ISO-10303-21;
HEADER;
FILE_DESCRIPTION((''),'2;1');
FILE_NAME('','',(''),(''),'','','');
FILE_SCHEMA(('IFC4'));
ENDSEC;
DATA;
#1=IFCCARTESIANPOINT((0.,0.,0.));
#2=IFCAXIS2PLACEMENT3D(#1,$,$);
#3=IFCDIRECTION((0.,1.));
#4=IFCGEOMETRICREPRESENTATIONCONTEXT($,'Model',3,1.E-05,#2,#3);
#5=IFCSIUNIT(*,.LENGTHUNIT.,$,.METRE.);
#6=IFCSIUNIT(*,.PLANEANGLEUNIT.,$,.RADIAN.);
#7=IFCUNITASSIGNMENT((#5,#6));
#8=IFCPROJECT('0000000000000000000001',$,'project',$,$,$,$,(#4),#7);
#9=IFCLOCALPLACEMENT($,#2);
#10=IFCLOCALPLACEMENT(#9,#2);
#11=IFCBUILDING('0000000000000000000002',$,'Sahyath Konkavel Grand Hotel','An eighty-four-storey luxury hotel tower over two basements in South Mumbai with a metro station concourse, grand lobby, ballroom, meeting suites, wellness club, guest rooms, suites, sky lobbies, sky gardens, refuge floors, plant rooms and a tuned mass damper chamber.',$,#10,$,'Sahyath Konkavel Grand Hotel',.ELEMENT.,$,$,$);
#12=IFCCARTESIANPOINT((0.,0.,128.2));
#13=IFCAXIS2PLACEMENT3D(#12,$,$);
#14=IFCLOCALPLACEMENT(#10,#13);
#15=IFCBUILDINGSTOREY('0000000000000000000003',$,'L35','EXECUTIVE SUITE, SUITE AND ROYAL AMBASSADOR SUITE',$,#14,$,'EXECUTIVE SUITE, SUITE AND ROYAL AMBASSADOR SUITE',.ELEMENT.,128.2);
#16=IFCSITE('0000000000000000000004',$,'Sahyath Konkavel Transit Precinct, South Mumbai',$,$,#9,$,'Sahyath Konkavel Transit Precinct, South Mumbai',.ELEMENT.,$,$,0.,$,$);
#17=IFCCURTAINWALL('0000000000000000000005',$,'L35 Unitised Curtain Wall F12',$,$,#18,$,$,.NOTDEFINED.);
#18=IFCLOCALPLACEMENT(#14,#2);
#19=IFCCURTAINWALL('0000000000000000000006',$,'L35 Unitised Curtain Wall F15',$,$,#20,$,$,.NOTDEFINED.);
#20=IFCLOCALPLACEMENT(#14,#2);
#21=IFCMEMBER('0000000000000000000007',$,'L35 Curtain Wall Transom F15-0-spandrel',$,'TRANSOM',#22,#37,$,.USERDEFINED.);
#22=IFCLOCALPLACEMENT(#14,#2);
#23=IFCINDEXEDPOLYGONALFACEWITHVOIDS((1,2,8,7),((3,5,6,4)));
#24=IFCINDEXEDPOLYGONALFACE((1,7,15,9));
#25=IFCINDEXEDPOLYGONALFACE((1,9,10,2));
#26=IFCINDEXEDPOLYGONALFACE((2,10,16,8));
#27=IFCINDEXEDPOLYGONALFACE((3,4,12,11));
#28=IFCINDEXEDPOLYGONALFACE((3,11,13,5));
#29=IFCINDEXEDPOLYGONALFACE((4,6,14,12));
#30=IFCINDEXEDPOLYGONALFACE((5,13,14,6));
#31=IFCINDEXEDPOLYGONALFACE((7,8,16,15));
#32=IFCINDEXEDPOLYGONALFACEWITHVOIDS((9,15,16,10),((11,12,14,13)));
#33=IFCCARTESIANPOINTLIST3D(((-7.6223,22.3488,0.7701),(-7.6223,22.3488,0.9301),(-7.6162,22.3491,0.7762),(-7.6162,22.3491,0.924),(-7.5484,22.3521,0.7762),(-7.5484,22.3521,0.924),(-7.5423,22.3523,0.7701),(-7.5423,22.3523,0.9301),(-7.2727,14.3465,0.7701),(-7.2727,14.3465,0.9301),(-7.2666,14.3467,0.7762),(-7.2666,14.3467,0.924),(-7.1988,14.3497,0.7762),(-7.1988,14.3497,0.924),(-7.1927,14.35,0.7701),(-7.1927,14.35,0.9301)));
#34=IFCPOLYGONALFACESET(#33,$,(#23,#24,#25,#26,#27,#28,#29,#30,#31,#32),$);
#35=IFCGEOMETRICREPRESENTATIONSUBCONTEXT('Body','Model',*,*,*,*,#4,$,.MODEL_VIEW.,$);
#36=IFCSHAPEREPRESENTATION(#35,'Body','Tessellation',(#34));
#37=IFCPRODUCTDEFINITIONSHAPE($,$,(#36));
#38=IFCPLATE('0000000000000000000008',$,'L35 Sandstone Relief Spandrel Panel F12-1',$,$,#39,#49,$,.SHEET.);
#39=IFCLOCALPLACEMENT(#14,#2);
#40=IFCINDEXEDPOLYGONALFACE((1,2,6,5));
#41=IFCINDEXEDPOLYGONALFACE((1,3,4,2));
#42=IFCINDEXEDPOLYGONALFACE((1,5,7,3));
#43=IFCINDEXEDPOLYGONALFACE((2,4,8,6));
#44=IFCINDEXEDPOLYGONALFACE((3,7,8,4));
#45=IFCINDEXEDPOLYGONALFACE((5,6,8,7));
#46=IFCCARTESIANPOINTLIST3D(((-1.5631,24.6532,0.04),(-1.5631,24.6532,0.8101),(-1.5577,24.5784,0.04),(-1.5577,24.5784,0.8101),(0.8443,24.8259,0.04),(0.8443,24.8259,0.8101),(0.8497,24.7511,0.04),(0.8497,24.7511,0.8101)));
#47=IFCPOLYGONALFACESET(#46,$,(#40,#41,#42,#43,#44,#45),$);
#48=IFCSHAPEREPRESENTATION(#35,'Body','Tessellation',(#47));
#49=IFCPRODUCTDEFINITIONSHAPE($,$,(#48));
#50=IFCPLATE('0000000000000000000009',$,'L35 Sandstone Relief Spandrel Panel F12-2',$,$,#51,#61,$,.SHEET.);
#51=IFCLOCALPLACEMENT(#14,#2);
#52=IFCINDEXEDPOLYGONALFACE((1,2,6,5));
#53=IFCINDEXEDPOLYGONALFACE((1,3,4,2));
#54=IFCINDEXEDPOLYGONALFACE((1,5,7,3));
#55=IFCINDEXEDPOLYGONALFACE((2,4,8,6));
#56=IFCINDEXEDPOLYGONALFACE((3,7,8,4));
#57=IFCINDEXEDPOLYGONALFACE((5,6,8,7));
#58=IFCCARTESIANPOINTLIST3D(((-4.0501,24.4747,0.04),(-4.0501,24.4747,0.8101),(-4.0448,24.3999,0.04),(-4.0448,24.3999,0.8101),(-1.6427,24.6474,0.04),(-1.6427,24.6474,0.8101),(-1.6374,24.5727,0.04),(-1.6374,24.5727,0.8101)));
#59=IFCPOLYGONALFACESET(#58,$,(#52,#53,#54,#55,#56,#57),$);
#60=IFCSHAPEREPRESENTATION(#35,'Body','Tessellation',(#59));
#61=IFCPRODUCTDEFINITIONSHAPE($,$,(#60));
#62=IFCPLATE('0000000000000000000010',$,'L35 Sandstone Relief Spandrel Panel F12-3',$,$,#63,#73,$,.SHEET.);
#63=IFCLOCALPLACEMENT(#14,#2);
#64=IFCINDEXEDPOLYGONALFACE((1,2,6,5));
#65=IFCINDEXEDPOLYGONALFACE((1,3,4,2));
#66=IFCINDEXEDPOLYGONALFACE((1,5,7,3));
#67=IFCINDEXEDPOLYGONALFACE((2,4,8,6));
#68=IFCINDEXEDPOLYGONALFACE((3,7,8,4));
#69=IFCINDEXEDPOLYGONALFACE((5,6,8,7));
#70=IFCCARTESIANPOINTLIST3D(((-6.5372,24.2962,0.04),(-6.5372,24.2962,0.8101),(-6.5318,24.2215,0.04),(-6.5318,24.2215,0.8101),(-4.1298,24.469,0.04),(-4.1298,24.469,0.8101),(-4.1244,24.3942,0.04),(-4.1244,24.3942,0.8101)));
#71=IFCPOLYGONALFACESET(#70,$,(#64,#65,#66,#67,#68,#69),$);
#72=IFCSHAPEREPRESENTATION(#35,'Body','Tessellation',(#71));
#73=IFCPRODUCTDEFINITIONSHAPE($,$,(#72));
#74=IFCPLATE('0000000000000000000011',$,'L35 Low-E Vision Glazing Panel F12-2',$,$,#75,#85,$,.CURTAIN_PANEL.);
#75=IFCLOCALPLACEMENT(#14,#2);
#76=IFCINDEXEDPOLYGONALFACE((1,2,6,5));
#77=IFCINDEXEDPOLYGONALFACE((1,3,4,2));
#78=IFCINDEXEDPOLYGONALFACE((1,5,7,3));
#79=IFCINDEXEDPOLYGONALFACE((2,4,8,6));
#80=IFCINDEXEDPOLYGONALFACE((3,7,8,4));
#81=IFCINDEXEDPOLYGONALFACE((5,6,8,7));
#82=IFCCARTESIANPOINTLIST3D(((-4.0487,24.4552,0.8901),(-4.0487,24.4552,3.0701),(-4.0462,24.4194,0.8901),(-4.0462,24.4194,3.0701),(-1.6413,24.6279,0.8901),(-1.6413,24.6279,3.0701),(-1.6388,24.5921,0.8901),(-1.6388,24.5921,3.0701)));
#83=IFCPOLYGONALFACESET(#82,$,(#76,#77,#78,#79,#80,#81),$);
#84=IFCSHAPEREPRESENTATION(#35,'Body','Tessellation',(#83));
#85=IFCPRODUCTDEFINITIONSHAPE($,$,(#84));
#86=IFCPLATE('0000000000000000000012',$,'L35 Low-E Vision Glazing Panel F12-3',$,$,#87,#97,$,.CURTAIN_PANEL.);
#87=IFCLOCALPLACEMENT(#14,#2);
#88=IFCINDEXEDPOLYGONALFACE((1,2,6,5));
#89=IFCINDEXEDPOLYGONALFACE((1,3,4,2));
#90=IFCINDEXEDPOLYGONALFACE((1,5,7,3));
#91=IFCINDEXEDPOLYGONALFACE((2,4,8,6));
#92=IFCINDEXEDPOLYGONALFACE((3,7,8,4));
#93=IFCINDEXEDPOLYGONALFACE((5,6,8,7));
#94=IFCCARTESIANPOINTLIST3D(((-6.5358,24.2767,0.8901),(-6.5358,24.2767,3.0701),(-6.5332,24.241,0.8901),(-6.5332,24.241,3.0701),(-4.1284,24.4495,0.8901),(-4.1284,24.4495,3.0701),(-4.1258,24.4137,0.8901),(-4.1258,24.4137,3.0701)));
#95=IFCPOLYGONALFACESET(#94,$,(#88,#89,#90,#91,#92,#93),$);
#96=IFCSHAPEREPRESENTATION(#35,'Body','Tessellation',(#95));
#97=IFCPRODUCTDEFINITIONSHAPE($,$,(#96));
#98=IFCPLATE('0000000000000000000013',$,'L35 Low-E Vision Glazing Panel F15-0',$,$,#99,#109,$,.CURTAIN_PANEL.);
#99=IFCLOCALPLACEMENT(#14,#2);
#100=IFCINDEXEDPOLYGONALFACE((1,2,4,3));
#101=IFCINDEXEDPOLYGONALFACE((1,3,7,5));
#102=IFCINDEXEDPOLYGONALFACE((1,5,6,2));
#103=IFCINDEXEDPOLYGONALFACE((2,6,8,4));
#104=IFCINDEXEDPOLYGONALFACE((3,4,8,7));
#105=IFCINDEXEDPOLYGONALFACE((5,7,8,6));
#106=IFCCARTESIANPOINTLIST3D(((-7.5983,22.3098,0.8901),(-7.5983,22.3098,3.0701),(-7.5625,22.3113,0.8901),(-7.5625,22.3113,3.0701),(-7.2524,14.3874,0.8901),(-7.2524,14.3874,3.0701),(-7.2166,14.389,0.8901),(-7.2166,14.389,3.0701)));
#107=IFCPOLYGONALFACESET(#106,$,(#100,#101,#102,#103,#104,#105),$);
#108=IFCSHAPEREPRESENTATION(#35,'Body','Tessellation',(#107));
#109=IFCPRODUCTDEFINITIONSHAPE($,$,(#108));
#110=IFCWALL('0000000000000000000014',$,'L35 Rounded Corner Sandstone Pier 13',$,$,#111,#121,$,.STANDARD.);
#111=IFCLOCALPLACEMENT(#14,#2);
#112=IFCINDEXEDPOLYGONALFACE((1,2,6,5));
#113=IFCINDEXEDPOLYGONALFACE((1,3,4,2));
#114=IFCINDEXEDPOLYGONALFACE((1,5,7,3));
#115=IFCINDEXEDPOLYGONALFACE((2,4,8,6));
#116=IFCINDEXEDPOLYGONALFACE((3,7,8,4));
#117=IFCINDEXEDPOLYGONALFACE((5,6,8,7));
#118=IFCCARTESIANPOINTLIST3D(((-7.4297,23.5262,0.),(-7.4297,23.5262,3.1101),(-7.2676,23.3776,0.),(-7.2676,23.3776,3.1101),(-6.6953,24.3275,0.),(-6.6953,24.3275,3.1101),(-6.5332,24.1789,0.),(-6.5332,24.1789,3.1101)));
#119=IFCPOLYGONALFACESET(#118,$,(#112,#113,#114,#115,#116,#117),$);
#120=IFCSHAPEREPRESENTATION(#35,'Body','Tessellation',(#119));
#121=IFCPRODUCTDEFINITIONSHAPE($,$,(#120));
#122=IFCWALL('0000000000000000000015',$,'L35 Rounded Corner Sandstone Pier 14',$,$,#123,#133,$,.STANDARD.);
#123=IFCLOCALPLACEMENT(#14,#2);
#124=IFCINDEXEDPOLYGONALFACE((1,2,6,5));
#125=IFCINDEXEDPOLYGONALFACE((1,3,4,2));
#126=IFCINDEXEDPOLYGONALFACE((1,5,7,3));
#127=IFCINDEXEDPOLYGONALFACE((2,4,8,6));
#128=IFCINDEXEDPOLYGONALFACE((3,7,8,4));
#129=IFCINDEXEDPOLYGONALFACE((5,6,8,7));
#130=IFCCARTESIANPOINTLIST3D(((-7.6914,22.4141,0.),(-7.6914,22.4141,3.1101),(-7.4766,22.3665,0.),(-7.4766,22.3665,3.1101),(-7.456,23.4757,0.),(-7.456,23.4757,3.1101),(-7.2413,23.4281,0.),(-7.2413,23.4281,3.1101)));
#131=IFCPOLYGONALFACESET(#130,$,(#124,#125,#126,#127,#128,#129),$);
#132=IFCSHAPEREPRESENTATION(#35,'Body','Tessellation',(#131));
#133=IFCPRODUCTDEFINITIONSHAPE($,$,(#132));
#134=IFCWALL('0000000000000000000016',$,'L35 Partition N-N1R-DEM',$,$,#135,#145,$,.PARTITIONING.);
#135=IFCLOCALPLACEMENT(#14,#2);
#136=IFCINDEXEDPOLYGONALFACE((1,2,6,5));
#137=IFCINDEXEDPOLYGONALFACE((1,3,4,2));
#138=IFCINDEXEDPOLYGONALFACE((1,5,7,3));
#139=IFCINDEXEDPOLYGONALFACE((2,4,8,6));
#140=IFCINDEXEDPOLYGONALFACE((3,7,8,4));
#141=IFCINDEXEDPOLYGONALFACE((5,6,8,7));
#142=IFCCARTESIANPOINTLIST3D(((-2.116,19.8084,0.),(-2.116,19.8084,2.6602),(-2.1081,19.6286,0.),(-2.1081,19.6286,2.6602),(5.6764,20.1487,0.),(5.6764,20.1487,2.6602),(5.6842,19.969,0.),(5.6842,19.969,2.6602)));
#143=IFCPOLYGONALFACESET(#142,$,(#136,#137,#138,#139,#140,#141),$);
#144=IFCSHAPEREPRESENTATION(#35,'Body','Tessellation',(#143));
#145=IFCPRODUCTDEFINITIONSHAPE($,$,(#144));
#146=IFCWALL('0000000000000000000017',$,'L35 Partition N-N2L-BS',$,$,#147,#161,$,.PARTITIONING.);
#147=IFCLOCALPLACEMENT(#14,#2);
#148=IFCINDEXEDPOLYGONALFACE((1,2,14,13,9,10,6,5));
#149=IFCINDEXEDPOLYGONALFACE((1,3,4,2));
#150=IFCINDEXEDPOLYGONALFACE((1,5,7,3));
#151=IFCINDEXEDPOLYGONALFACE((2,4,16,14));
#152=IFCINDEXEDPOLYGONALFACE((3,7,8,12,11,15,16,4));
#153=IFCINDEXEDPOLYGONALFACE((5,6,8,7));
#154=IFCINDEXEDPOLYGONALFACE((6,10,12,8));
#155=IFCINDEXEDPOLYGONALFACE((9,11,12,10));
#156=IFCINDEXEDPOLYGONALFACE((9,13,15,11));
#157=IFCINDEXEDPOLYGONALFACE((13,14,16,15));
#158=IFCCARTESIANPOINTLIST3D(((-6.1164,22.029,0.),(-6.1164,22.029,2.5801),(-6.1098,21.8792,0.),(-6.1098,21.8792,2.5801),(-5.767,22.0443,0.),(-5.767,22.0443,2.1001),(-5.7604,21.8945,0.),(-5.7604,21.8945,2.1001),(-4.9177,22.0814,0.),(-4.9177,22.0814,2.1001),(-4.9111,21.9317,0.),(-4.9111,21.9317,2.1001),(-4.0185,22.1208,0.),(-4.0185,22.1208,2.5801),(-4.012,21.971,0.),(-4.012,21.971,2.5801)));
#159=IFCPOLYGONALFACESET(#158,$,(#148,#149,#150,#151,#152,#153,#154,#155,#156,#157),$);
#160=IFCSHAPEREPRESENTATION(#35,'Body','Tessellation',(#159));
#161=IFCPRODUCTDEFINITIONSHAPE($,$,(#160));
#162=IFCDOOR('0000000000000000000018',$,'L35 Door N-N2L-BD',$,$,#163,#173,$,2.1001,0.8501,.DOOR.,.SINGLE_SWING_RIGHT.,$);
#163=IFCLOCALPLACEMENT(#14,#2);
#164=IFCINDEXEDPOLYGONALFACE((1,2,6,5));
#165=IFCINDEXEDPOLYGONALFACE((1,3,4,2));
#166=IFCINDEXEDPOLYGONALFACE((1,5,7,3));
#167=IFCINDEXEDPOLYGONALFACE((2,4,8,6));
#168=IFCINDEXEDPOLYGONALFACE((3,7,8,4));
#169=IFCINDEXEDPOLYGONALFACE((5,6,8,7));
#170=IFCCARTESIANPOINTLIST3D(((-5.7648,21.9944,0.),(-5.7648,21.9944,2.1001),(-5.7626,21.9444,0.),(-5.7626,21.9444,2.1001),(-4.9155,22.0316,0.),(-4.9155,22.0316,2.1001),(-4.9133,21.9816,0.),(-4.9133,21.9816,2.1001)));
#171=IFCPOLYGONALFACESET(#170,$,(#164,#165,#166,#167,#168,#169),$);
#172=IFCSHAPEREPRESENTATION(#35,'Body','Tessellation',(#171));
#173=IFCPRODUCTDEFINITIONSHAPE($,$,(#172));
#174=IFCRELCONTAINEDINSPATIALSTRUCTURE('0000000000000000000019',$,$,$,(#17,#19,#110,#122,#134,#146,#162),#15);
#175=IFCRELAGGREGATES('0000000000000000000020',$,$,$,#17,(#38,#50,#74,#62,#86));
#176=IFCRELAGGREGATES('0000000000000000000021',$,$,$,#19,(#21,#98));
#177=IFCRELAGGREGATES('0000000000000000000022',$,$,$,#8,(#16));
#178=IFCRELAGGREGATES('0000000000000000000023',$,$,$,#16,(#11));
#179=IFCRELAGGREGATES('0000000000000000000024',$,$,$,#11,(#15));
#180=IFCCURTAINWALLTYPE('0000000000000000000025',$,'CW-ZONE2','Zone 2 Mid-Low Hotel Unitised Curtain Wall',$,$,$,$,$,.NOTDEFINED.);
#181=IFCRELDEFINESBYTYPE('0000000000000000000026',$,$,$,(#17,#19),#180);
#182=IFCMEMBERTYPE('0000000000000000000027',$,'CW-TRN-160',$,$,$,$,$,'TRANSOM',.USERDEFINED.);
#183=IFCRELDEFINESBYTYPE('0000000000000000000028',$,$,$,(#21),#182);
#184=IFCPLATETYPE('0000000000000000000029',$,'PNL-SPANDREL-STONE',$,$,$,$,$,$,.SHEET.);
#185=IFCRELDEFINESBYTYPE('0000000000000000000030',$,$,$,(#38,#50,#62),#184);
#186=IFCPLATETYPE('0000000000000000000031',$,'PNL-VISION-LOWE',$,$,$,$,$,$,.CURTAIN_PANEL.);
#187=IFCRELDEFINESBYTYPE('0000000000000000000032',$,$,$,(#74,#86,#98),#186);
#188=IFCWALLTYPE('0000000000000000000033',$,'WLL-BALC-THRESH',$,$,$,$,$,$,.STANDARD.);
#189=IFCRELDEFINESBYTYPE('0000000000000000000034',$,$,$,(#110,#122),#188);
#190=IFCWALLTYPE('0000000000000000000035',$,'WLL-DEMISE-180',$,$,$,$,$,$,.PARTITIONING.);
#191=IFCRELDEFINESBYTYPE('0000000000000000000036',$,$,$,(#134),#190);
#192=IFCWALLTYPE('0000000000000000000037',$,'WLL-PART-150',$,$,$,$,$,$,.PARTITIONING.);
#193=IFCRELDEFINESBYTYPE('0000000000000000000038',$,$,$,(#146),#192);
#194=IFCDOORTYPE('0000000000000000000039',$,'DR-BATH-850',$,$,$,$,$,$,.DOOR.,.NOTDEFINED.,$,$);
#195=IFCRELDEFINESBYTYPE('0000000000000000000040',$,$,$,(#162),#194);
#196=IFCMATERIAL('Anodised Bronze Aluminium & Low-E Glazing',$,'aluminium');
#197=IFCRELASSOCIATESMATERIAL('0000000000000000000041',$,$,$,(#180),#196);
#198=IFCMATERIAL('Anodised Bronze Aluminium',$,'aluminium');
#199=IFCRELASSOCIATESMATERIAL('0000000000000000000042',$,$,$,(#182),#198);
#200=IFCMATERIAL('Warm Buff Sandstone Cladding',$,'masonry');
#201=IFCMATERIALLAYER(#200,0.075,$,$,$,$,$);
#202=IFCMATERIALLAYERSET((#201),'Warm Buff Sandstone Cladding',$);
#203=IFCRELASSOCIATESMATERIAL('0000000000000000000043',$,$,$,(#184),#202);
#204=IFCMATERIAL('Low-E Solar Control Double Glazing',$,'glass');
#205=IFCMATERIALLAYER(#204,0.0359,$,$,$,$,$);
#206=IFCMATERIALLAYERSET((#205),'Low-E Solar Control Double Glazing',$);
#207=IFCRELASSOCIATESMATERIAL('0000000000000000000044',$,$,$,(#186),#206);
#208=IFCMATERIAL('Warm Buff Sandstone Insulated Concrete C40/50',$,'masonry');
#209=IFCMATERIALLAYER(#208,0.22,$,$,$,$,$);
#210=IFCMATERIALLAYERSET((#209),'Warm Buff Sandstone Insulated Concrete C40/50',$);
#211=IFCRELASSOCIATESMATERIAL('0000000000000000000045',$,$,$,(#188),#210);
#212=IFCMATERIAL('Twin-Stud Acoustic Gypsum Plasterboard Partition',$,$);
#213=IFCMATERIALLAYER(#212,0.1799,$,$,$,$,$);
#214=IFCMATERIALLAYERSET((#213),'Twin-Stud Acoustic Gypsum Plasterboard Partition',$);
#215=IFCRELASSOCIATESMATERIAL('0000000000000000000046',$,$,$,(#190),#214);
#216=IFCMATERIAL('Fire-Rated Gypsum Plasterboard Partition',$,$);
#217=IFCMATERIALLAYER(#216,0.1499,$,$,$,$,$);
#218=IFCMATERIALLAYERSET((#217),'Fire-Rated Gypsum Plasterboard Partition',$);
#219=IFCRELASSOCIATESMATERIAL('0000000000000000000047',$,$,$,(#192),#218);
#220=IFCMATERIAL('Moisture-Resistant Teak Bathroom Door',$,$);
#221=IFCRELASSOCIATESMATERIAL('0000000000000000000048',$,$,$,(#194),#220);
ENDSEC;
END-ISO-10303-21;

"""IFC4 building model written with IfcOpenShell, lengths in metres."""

from ifc_helpers import new_model, si_unit, direction, frame, frame_2d, origin, origin_2d, place, context, subcontext, project, spatial, rectangle, hollow_rectangle, extrude, source, transform, mapped, material, layer, layer_set, material_profile, profile_set, type_object, element, fill, aggregate, save


model = new_model("IFC4")

# Units and contexts
model_context = context("Model", 3, precision=1e-05, world=origin(), true_north=direction((0.0, 1.0)))
body_context = subcontext(model_context, "Body", "Model", "MODEL_VIEW")
ifc_project = project(units=[si_unit("LENGTHUNIT", "METRE"), si_unit("PLANEANGLEUNIT", "RADIAN")], contexts=[model_context])

# Site, building, storey
site_placement = place(None, origin())
site = spatial("IfcSite", under=ifc_project, at=site_placement, Name="Sahyath Konkavel Transit Precinct, South Mumbai", LongName="Sahyath Konkavel Transit Precinct, South Mumbai", CompositionType="ELEMENT", RefElevation=0.0)
building_placement = place(site_placement, origin())
building = spatial("IfcBuilding", under=site, at=building_placement, Name="Sahyath Konkavel Grand Hotel", Description="An eighty-four-storey luxury hotel tower over two basements in South Mumbai with a metro station concourse, grand lobby, ballroom, meeting suites, wellness club, guest rooms, suites, sky lobbies, sky gardens, refuge floors, plant rooms and a tuned mass damper chamber.", LongName="Sahyath Konkavel Grand Hotel", CompositionType="ELEMENT")
storey_placement = place(building_placement, frame((0.0, 0.0, 128.2)))
storey = spatial("IfcBuildingStorey", under=building, at=storey_placement, Name="L35", Description="EXECUTIVE SUITE, SUITE AND ROYAL AMBASSADOR SUITE", LongName="EXECUTIVE SUITE, SUITE AND ROYAL AMBASSADOR SUITE", CompositionType="ELEMENT", Elevation=128.2)

# Curtain wall
ifc_material_1 = material(Name="Anodised Bronze Aluminium & Low-E Glazing", Category="aluminium")
curtain_wall_type = type_object("IfcCurtainWallType", Name="CW-ZONE2", Description="Zone 2 Mid-Low Hotel Unitised Curtain Wall", PredefinedType="NOTDEFINED", material=ifc_material_1)
curtain_wall_1_placement = place(storey_placement, origin())
curtain_wall_1 = element("IfcCurtainWall", 1, at=curtain_wall_1_placement, inside=storey, type_object=curtain_wall_type, Name="L35 Unitised Curtain Wall F12", PredefinedType="NOTDEFINED")
ifc_material_2 = material(Name="Anodised Bronze Aluminium", Category="aluminium")

# Curtain wall
curtain_wall_2_placement = place(storey_placement, origin())
curtain_wall_2 = element("IfcCurtainWall", 2, at=curtain_wall_2_placement, inside=storey, type_object=curtain_wall_type, Name="L35 Unitised Curtain Wall F15", PredefinedType="NOTDEFINED")

# Member
ifc_material_profile_1 = material_profile(ifc_material_2, hollow_rectangle(XDim=0.0801, YDim=0.1599, WallThickness=0.0061, at=origin_2d()), Name="RHS 160x80x6")
ifc_profile_set_1 = profile_set([ifc_material_profile_1], Name="Anodised Bronze Aluminium")
member_type_1 = type_object("IfcMemberType", Name="CW-TRN-160", ElementType="TRANSOM", PredefinedType="USERDEFINED", material=ifc_profile_set_1)
shared_shape_1 = source(origin(), body_context, "Body", "SweptSolid", [
    extrude(hollow_rectangle(XDim=0.0801, YDim=0.1599, WallThickness=0.0061, at=origin_2d()), origin(), (0.0, 0.0, 1.0), 8.01),
])
member_1_placement = place(storey_placement, frame((-7.5823, 22.3506, 0.8501), z_axis=(0.043646, -0.999047, 0.0), x_axis=(0.999047, 0.043646, 0.0)))
member_1 = element("IfcMember", 3, at=member_1_placement, type_object=member_type_1, Name="L35 Curtain Wall Transom F15-0-spandrel", ObjectType="TRANSOM", PredefinedType="USERDEFINED", context=body_context, shape_type="MappedRepresentation", body=[
    mapped(shared_shape_1, transform((0.0, 0.0, 0.0), scale=1.0)),
])

# Plates
ifc_material_3 = material(Name="Warm Buff Sandstone Cladding", Category="masonry")
ifc_layer_1 = layer(ifc_material_3, 0.075)
ifc_layer_set_1 = layer_set([ifc_layer_1], Name="Warm Buff Sandstone Cladding")
plate_type_1 = type_object("IfcPlateType", Name="PNL-SPANDREL-STONE", PredefinedType="SHEET", material=ifc_layer_set_1)
shared_shape_2 = source(origin(), body_context, "Body", "SweptSolid", [
    extrude(rectangle(XDim=2.4136, YDim=0.075, at=origin_2d()), origin(), (0.0, 0.0, 1.0), 0.77),
])
plate_1_placement = place(storey_placement, frame((-0.3567, 24.7021, 0.04), z_axis=(0.0, 0.0, 1.0), x_axis=(-0.997436, -0.071567, 0.0)))
plate_1 = element("IfcPlate", 4, at=plate_1_placement, type_object=plate_type_1, Name="L35 Sandstone Relief Spandrel Panel F12-1", PredefinedType="SHEET", context=body_context, shape_type="MappedRepresentation", body=[
    mapped(shared_shape_2, transform((0.0, 0.0, 0.0), scale=1.0)),
])
plate_2_placement = place(storey_placement, frame((-2.8438, 24.5237, 0.04), z_axis=(0.0, 0.0, 1.0), x_axis=(-0.997436, -0.071567, 0.0)))
plate_2 = element("IfcPlate", 5, at=plate_2_placement, type_object=plate_type_1, Name="L35 Sandstone Relief Spandrel Panel F12-2", PredefinedType="SHEET", context=body_context, shape_type="MappedRepresentation", body=[
    mapped(shared_shape_2, transform((0.0, 0.0, 0.0), scale=1.0)),
])
plate_3_placement = place(storey_placement, frame((-5.3308, 24.3452, 0.04), z_axis=(0.0, 0.0, 1.0), x_axis=(-0.997436, -0.071567, 0.0)))
plate_3 = element("IfcPlate", 6, at=plate_3_placement, type_object=plate_type_1, Name="L35 Sandstone Relief Spandrel Panel F12-3", PredefinedType="SHEET", context=body_context, shape_type="MappedRepresentation", body=[
    mapped(shared_shape_2, transform((0.0, 0.0, 0.0), scale=1.0)),
])
ifc_material_4 = material(Name="Low-E Solar Control Double Glazing", Category="glass")
ifc_layer_2 = layer(ifc_material_4, 0.0359)
ifc_layer_set_2 = layer_set([ifc_layer_2], Name="Low-E Solar Control Double Glazing")
plate_type_2 = type_object("IfcPlateType", Name="PNL-VISION-LOWE", PredefinedType="CURTAIN_PANEL", material=ifc_layer_set_2)
shared_shape_3 = source(origin(), body_context, "Body", "SweptSolid", [
    extrude(rectangle(XDim=2.4136, YDim=0.0359, at=origin_2d()), origin(), (0.0, 0.0, 1.0), 2.1799),
])
plate_4_placement = place(storey_placement, frame((-2.8438, 24.5237, 0.8901), z_axis=(0.0, 0.0, 1.0), x_axis=(-0.997436, -0.071567, 0.0)))
plate_4 = element("IfcPlate", 7, at=plate_4_placement, type_object=plate_type_2, Name="L35 Low-E Vision Glazing Panel F12-2", PredefinedType="CURTAIN_PANEL", context=body_context, shape_type="MappedRepresentation", body=[
    mapped(shared_shape_3, transform((0.0, 0.0, 0.0), scale=1.0)),
])
plate_5_placement = place(storey_placement, frame((-5.3308, 24.3452, 0.8901), z_axis=(0.0, 0.0, 1.0), x_axis=(-0.997436, -0.071567, 0.0)))
plate_5 = element("IfcPlate", 8, at=plate_5_placement, type_object=plate_type_2, Name="L35 Low-E Vision Glazing Panel F12-3", PredefinedType="CURTAIN_PANEL", context=body_context, shape_type="MappedRepresentation", body=[
    mapped(shared_shape_3, transform((0.0, 0.0, 0.0), scale=1.0)),
])
aggregate(curtain_wall_1, [plate_1, plate_2, plate_4, plate_3, plate_5])
shared_shape_4 = source(origin(), body_context, "Body", "SweptSolid", [
    extrude(rectangle(XDim=7.9299, YDim=0.0359, at=origin_2d()), origin(), (0.0, 0.0, 1.0), 2.1799),
])
plate_6_placement = place(storey_placement, frame((-7.4075, 18.3494, 0.8901), z_axis=(0.0, 0.0, 1.0), x_axis=(0.043619, -0.999048, 0.0)))
plate_6 = element("IfcPlate", 9, at=plate_6_placement, type_object=plate_type_2, Name="L35 Low-E Vision Glazing Panel F15-0", PredefinedType="CURTAIN_PANEL", context=body_context, shape_type="MappedRepresentation", body=[
    mapped(shared_shape_4, transform((0.0, 0.0, 0.0), scale=1.0)),
])
aggregate(curtain_wall_2, [member_1, plate_6])

# Walls
ifc_material_5 = material(Name="Warm Buff Sandstone Insulated Concrete C40/50", Category="masonry")
ifc_layer_3 = layer(ifc_material_5, 0.22)
ifc_layer_set_3 = layer_set([ifc_layer_3], Name="Warm Buff Sandstone Insulated Concrete C40/50")
wall_type_1 = type_object("IfcWallType", Name="WLL-BALC-THRESH", PredefinedType="STANDARD", material=ifc_layer_set_3)
wall_1_placement = place(storey_placement, frame((-6.6143, 24.2532, 0.0), z_axis=(0.0, 0.0, 1.0), x_axis=(-0.675664, -0.73721, 0.0)))
element("IfcWall", 10, at=wall_1_placement, inside=storey, type_object=wall_type_1, Name="L35 Rounded Corner Sandstone Pier 13", PredefinedType="STANDARD", context=body_context, shape_type="SweptSolid", body=[
    extrude(rectangle(XDim=1.0869, YDim=0.22, at=frame_2d((0.5435, 0.0))), origin(), (0.0, 0.0, 1.0), 3.1101),
])
wall_2_placement = place(storey_placement, frame((-7.3486, 23.4519, 0.0), z_axis=(0.0, 0.0, 1.0), x_axis=(-0.216455, -0.976293, 0.0)))
element("IfcWall", 11, at=wall_2_placement, inside=storey, type_object=wall_type_1, Name="L35 Rounded Corner Sandstone Pier 14", PredefinedType="STANDARD", context=body_context, shape_type="SweptSolid", body=[
    extrude(rectangle(XDim=1.0874, YDim=0.22, at=frame_2d((0.5437, 0.0))), origin(), (0.0, 0.0, 1.0), 3.1101),
])
ifc_material_6 = material(Name="Twin-Stud Acoustic Gypsum Plasterboard Partition")
ifc_layer_4 = layer(ifc_material_6, 0.1799)
ifc_layer_set_4 = layer_set([ifc_layer_4], Name="Twin-Stud Acoustic Gypsum Plasterboard Partition")
wall_type_2 = type_object("IfcWallType", Name="WLL-DEMISE-180", PredefinedType="PARTITIONING", material=ifc_layer_set_4)
wall_3_placement = place(storey_placement, frame((-2.1121, 19.7185, 0.0), z_axis=(0.0, 0.0, 1.0), x_axis=(0.999048, 0.043633, 0.0)))
element("IfcWall", 12, at=wall_3_placement, inside=storey, type_object=wall_type_2, Name="L35 Partition N-N1R-DEM", PredefinedType="PARTITIONING", context=body_context, shape_type="SweptSolid", body=[
    extrude(rectangle(XDim=7.7998, YDim=0.1799, at=frame_2d((3.8999, 0.0))), origin(), (0.0, 0.0, 1.0), 2.6602),
])

# Wall, opening, door
ifc_material_7 = material(Name="Fire-Rated Gypsum Plasterboard Partition")
ifc_layer_5 = layer(ifc_material_7, 0.1499)
ifc_layer_set_5 = layer_set([ifc_layer_5], Name="Fire-Rated Gypsum Plasterboard Partition")
wall_type_3 = type_object("IfcWallType", Name="WLL-PART-150", PredefinedType="PARTITIONING", material=ifc_layer_set_5)
wall_4_placement = place(storey_placement, frame((-4.0154, 22.0459, 0.0), z_axis=(0.0, 0.0, 1.0), x_axis=(-0.999044, -0.043715, 0.0)))
wall_4 = element("IfcWall", 13, at=wall_4_placement, inside=storey, type_object=wall_type_3, Name="L35 Partition N-N2L-BS", PredefinedType="PARTITIONING", context=body_context, shape_type="SweptSolid", body=[
    extrude(rectangle(XDim=2.0999, YDim=0.1499, at=frame_2d((1.0498, 0.0))), origin(), (0.0, 0.0, 1.0), 2.5801),
])
opening_1_placement = place(wall_4_placement, frame((0.8999, 0.0, 0.0)))
opening_1 = element("IfcOpeningElement", 14, at=opening_1_placement, cuts=wall_4, PredefinedType="OPENING", context=body_context, shape_type="SweptSolid", body=[
    extrude(rectangle(XDim=0.8501, YDim=2.1001, at=frame_2d((0.425, 1.05))), frame((0.0, 0.085, 0.0), z_axis=(0.0, -1.0, 0.0), x_axis=(1.0, 0.0, 0.0)), (0.0, 0.0, 1.0), 0.1699),
])
ifc_material_8 = material(Name="Moisture-Resistant Teak Bathroom Door")
door_type = type_object("IfcDoorType", Name="DR-BATH-850", OperationType="NOTDEFINED", PredefinedType="DOOR", material=ifc_material_8)
shared_shape_5 = source(origin(), body_context, "Body", "SweptSolid", [
    extrude(rectangle(XDim=0.8501, YDim=0.05, at=origin_2d()), origin(), (0.0, 0.0, 1.0), 2.1001),
])
door_1_placement = place(opening_1_placement, frame((0.425, 0.0, 0.0)))
door_1 = element("IfcDoor", 15, at=door_1_placement, inside=storey, type_object=door_type, Name="L35 Door N-N2L-BD", OperationType="SINGLE_SWING_RIGHT", OverallHeight=2.1001, OverallWidth=0.8501, PredefinedType="DOOR", context=body_context, shape_type="MappedRepresentation", body=[
    mapped(shared_shape_5, transform((0.0, 0.0, 0.0), scale=1.0)),
])
fill(opening_1, door_1)

save(model, "model.ifc")
